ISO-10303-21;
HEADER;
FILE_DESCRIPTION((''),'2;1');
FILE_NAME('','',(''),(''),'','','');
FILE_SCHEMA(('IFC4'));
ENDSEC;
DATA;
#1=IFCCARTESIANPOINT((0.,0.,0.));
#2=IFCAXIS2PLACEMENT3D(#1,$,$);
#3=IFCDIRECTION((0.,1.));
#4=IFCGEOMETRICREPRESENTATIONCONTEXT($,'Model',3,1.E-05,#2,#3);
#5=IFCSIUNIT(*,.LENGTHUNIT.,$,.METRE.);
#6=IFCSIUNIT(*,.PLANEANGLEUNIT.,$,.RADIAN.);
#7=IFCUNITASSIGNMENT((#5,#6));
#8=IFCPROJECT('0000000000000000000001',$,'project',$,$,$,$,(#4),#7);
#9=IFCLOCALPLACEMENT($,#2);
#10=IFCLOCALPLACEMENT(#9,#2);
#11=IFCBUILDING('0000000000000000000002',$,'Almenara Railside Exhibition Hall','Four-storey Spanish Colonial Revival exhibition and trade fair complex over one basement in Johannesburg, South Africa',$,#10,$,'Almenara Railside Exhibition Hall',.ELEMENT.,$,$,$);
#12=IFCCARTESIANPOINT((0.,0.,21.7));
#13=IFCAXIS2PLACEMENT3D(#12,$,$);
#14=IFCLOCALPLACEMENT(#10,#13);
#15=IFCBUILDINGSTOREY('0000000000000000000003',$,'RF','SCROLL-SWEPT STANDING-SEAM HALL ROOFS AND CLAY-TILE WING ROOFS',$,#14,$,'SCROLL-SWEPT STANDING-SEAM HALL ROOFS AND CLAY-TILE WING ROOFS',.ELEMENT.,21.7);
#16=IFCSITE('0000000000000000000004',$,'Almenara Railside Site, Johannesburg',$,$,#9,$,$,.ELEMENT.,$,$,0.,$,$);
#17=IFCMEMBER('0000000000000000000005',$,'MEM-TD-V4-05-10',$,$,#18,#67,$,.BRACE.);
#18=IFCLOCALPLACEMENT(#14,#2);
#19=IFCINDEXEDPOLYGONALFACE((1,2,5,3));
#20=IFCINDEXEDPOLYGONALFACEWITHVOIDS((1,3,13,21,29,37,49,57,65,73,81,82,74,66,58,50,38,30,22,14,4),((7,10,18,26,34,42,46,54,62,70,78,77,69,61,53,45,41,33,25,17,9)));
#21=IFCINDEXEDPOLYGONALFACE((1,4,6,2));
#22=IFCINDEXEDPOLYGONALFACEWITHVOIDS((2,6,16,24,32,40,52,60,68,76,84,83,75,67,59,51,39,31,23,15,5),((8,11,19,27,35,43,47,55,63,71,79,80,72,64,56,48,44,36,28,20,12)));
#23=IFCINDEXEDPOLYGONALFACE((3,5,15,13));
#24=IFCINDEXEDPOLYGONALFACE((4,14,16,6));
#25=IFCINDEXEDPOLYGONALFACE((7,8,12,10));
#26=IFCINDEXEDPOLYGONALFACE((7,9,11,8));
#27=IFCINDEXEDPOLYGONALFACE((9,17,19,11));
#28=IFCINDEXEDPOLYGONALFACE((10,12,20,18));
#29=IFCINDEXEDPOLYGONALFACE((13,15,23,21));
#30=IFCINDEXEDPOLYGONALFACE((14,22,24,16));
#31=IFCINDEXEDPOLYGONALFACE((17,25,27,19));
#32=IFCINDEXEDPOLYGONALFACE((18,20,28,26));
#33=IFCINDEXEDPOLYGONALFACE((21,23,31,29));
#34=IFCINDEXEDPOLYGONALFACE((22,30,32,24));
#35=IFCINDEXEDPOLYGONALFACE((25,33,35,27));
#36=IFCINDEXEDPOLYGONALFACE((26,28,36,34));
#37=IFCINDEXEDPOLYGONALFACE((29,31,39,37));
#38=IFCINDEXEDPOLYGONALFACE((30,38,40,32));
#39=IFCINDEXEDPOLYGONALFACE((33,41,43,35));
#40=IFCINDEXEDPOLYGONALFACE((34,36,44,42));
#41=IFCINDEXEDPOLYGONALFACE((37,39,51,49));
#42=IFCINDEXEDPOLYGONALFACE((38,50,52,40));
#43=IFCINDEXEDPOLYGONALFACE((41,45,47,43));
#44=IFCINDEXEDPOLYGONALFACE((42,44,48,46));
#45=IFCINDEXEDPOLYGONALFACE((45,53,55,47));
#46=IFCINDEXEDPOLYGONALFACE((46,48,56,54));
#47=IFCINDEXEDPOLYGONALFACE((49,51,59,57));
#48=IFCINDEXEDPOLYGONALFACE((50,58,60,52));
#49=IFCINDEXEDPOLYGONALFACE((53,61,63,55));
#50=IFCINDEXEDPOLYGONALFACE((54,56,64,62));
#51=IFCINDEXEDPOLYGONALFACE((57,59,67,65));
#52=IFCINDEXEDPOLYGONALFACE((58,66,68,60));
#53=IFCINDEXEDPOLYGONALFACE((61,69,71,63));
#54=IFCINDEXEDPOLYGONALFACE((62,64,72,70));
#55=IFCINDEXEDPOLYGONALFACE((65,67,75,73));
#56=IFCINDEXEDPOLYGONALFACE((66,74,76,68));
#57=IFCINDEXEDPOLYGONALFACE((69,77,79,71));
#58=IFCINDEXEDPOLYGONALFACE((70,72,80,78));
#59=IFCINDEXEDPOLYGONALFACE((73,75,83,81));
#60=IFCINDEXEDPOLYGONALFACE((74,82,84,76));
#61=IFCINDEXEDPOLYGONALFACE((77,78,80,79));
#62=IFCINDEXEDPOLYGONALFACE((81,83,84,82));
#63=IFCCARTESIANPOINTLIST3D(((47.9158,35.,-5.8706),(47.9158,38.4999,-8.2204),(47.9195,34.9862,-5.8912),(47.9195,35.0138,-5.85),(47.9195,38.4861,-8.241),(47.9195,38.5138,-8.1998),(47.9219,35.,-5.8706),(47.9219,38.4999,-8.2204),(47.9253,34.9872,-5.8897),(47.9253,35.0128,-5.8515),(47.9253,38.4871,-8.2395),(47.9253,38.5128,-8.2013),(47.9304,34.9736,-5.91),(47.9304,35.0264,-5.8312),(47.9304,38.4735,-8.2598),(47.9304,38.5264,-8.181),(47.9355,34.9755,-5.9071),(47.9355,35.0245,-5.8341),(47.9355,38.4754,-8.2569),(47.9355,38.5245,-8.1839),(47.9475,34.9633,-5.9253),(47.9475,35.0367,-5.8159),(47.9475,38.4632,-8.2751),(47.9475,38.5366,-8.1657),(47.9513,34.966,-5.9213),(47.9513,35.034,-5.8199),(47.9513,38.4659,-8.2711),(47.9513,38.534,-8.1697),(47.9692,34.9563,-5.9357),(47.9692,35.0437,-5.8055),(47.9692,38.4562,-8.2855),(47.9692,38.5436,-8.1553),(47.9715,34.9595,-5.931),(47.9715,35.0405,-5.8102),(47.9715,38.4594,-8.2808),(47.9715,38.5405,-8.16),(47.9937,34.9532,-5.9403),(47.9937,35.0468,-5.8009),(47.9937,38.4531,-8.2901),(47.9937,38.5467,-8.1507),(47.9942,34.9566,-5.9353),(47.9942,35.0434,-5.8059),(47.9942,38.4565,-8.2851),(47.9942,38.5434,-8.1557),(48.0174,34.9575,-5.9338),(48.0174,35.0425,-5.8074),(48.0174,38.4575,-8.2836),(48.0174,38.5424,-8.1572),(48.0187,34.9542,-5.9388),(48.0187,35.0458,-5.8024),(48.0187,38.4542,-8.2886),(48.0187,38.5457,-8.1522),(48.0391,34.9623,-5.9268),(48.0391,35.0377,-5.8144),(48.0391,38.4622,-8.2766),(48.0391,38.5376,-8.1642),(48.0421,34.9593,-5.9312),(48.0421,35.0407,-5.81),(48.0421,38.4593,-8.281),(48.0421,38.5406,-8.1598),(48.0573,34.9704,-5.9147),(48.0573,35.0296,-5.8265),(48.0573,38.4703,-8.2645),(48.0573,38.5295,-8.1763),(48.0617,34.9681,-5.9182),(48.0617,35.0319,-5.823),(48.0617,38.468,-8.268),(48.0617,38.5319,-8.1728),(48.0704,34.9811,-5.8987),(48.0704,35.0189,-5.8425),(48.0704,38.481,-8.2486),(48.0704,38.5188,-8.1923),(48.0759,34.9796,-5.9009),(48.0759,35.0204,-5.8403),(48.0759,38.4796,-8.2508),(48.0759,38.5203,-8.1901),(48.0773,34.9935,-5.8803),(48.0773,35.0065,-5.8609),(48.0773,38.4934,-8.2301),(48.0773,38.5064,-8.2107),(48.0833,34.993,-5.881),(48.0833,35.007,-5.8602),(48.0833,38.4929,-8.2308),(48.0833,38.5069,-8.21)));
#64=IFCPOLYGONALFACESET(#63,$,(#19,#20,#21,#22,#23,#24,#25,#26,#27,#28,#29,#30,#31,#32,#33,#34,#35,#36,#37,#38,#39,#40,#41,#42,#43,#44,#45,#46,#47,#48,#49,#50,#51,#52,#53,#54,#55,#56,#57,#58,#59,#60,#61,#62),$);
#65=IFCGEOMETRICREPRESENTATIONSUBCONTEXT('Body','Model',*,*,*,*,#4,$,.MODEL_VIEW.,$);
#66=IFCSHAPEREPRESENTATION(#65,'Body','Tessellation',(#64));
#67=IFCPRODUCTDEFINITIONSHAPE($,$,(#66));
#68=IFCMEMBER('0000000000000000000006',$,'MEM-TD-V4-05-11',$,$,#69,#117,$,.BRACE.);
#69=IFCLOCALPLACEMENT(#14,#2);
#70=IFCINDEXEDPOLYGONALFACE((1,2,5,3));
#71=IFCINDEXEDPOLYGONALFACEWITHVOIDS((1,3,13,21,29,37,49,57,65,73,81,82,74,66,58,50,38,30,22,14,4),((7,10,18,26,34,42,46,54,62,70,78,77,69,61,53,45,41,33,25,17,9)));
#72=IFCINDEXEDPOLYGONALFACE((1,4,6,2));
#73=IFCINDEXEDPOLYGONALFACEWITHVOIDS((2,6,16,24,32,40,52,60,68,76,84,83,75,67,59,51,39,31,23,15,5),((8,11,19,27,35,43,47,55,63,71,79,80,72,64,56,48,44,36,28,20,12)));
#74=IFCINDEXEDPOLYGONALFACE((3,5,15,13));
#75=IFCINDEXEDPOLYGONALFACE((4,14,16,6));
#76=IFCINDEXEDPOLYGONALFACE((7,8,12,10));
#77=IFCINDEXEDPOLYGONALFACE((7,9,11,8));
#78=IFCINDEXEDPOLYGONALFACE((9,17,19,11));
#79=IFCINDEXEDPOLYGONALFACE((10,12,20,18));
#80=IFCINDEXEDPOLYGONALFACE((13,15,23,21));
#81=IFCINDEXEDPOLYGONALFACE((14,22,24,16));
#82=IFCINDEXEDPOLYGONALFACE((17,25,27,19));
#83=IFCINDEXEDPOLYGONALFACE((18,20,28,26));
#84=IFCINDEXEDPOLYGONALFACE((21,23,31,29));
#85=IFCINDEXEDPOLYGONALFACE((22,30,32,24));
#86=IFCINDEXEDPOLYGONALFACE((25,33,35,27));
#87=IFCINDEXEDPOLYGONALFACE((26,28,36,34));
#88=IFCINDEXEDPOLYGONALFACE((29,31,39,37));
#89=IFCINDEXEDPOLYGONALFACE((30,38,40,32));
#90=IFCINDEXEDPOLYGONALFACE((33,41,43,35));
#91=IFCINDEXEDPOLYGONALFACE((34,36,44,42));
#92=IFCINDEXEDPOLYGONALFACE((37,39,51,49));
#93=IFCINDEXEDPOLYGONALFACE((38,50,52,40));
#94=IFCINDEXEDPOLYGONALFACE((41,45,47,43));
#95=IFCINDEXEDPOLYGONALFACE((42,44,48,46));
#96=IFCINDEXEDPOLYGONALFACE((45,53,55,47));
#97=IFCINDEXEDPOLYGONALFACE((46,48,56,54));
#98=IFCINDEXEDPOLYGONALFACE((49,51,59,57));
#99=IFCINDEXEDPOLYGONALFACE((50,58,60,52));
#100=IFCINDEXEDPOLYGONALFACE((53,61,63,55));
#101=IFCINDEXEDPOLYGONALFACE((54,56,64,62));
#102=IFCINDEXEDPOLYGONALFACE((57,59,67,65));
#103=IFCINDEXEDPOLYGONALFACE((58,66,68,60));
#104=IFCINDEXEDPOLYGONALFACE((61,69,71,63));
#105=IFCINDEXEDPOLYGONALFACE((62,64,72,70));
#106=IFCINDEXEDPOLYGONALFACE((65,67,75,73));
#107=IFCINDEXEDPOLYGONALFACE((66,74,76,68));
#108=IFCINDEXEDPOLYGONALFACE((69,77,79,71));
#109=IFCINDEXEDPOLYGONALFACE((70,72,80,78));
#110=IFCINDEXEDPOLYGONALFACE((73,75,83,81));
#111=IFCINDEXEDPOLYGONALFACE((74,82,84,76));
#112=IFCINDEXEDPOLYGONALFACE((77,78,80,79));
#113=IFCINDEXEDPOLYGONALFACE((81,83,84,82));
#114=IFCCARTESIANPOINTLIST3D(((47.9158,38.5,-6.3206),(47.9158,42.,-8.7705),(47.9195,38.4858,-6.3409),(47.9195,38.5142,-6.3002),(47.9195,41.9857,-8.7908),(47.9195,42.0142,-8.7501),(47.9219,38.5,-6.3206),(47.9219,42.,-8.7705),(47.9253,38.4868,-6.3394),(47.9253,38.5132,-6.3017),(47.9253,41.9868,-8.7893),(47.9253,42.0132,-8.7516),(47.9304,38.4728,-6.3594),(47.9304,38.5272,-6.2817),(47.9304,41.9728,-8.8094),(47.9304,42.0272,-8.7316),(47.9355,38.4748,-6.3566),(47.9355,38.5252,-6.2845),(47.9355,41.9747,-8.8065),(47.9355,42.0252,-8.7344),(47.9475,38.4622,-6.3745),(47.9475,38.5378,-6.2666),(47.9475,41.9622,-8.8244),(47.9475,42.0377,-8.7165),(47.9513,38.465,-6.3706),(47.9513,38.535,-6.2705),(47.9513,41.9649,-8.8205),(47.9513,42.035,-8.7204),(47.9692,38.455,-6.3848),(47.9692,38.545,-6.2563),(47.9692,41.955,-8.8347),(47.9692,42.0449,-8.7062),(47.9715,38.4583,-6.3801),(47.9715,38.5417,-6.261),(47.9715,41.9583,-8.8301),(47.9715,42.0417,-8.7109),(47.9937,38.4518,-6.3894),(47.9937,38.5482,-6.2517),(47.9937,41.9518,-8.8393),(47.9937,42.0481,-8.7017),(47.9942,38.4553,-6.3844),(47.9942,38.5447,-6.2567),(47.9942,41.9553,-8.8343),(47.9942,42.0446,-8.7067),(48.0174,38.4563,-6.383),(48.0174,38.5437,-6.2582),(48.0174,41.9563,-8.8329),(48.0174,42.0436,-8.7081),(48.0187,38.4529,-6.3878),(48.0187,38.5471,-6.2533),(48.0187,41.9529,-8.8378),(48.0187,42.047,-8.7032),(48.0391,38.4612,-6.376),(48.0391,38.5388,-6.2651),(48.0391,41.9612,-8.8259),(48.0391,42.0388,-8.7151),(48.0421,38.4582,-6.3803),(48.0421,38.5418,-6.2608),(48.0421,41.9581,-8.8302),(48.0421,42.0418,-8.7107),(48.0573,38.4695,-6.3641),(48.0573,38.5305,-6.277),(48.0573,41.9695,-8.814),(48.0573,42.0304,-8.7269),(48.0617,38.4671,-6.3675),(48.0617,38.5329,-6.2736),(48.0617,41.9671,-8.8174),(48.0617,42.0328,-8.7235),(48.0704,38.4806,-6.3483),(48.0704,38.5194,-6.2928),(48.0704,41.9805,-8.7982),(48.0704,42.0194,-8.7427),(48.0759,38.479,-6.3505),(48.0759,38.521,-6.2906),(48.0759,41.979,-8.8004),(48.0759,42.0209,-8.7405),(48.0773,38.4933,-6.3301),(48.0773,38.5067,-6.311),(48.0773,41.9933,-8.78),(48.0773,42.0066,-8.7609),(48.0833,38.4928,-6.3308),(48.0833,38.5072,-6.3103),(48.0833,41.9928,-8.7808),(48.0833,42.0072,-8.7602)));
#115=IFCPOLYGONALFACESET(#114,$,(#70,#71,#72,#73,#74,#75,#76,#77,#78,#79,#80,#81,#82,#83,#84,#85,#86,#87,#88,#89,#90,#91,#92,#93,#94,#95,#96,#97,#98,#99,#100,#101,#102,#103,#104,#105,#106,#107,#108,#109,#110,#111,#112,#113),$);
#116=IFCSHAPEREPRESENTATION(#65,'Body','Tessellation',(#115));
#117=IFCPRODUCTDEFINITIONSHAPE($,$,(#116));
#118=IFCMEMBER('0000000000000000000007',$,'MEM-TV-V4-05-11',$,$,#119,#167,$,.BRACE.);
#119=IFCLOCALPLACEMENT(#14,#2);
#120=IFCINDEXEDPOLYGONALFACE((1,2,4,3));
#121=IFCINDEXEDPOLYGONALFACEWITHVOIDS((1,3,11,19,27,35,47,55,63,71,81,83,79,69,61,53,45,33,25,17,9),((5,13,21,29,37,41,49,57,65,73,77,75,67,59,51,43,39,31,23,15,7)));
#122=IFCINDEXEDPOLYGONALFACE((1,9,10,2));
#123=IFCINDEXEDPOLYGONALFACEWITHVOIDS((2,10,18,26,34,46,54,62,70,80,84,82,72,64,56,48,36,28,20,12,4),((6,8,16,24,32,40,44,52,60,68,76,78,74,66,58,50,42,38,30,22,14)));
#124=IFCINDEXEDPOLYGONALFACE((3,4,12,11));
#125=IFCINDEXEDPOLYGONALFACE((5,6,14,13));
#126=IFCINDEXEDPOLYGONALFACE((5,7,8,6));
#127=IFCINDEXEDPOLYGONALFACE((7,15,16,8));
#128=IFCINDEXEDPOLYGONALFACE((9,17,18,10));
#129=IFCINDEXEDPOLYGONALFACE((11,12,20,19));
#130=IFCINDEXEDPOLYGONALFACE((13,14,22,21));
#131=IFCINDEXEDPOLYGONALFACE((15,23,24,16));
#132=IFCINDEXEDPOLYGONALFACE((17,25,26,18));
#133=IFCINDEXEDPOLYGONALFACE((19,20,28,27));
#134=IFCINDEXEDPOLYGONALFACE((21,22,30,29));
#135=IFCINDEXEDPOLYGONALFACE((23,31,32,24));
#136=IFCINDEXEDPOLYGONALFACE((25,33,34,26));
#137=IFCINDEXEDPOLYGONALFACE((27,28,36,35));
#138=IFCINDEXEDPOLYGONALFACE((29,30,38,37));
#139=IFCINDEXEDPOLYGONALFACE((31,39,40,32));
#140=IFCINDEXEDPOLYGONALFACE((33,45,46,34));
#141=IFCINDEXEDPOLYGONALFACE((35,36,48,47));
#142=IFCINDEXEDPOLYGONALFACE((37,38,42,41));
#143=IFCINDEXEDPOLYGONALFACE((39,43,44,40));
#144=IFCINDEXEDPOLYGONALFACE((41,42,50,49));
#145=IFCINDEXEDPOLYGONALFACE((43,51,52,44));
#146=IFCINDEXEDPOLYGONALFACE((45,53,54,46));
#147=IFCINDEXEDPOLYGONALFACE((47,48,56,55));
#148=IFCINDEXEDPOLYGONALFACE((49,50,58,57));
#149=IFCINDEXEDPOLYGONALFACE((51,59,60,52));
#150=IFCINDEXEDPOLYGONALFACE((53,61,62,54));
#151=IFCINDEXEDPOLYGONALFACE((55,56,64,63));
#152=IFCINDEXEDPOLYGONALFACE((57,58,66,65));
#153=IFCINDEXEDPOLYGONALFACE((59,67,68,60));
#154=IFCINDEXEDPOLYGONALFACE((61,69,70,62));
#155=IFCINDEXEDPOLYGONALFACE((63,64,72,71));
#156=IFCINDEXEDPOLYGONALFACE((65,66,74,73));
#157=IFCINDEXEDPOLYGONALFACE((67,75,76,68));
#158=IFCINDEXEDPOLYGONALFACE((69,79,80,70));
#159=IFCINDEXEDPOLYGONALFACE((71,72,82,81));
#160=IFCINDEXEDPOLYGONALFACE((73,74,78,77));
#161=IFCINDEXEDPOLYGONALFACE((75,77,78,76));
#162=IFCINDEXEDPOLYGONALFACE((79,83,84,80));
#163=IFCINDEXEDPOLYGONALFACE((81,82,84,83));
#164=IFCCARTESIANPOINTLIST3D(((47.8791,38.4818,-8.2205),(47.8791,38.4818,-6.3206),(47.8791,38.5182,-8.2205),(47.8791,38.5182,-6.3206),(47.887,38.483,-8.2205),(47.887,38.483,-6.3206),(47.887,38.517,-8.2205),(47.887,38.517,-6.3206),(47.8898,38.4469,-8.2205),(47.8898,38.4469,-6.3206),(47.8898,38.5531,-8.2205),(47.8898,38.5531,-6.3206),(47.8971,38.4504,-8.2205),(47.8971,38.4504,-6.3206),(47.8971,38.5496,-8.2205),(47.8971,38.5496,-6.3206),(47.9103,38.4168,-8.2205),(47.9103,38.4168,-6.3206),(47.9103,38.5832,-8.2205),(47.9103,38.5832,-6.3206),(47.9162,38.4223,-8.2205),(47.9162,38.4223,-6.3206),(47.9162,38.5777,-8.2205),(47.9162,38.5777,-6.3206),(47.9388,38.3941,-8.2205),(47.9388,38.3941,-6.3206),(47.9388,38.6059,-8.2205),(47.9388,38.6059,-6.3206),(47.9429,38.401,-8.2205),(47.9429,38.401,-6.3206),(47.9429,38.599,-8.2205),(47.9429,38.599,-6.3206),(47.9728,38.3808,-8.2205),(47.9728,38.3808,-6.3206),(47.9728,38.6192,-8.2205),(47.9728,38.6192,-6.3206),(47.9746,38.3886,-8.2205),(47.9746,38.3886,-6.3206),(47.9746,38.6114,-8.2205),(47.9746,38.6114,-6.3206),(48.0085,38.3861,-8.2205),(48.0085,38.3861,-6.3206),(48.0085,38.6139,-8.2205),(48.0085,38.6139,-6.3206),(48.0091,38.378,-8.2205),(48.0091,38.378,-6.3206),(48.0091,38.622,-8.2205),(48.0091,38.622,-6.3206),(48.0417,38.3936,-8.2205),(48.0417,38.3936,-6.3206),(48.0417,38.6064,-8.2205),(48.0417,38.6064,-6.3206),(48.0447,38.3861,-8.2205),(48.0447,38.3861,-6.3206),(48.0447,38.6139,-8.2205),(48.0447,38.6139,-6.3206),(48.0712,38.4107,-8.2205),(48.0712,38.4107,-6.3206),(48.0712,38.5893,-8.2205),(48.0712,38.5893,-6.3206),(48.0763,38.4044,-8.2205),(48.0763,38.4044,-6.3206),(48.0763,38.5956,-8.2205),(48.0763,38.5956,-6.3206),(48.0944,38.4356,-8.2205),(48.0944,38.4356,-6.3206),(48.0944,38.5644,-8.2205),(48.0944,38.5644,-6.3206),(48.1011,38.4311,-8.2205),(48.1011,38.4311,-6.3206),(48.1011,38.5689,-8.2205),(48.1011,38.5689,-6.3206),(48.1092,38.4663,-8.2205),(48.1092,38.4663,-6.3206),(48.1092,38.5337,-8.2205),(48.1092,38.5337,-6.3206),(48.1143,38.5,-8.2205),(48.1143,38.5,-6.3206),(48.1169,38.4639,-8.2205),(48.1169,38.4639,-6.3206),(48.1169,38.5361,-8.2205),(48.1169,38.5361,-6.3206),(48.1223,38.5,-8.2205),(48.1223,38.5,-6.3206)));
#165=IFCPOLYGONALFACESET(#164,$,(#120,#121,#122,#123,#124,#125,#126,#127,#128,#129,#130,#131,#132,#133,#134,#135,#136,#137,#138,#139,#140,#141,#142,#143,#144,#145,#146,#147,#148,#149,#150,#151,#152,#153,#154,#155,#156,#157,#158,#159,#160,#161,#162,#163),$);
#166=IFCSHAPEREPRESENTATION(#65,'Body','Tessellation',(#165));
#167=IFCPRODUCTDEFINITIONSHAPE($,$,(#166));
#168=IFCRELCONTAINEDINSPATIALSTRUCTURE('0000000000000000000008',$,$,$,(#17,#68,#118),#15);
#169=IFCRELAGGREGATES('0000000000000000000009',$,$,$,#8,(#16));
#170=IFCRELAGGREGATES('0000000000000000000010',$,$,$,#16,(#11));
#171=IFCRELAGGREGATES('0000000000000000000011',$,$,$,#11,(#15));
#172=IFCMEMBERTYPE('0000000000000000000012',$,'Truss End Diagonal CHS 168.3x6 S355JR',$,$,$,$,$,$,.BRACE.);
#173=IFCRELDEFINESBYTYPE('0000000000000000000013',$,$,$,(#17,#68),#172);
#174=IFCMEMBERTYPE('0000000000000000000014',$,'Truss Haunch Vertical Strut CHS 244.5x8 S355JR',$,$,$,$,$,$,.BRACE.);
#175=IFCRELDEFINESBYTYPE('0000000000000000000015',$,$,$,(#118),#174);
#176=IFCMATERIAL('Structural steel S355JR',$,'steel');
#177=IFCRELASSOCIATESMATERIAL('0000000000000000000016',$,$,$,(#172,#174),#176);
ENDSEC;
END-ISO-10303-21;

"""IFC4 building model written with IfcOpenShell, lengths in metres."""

from ifc_helpers import new_model, si_unit, direction, frame, origin, origin_2d, place, context, subcontext, project, spatial, hollow_circle, extrude, material, material_profile, profile_set, type_object, element, save


model = new_model("IFC4")

# Units and contexts
model_context = context("Model", 3, precision=1e-05, world=origin(), true_north=direction((0.0, 1.0)))
body_context = subcontext(model_context, "Body", "Model", "MODEL_VIEW")
ifc_project = project(units=[si_unit("LENGTHUNIT", "METRE"), si_unit("PLANEANGLEUNIT", "RADIAN")], contexts=[model_context])

# Site, building, storey
site_placement = place(None, origin())
site = spatial("IfcSite", under=ifc_project, at=site_placement, Name="Almenara Railside Site, Johannesburg", CompositionType="ELEMENT", RefElevation=0.0)
building_placement = place(site_placement, origin())
building = spatial("IfcBuilding", under=site, at=building_placement, Name="Almenara Railside Exhibition Hall", Description="Four-storey Spanish Colonial Revival exhibition and trade fair complex over one basement in Johannesburg, South Africa", LongName="Almenara Railside Exhibition Hall", CompositionType="ELEMENT")
storey_placement = place(building_placement, frame((0.0, 0.0, 21.7)))
storey = spatial("IfcBuildingStorey", under=building, at=storey_placement, Name="RF", Description="SCROLL-SWEPT STANDING-SEAM HALL ROOFS AND CLAY-TILE WING ROOFS", LongName="SCROLL-SWEPT STANDING-SEAM HALL ROOFS AND CLAY-TILE WING ROOFS", CompositionType="ELEMENT", Elevation=21.7)

# Shared definitions
ifc_material_1 = material(Name="Structural steel S355JR", Category="steel")

# Members
ifc_material_profile_1 = material_profile(ifc_material_1, hollow_circle(Radius=0.0842, WallThickness=0.0061, at=origin_2d()), Name="CHS 168.3x6")
ifc_profile_set_1 = profile_set([ifc_material_profile_1], Name="Structural steel S355JR")
member_type_1 = type_object("IfcMemberType", Name="Truss End Diagonal CHS 168.3x6 S355JR", PredefinedType="BRACE", material=ifc_profile_set_1)
member_1_placement = place(storey_placement, frame((48.0, 35.0, -5.8706), z_axis=(0.0, 0.830237, -0.55741), x_axis=(-1.0, 0.0, 0.0)))
element("IfcMember", 1, at=member_1_placement, inside=storey, type_object=member_type_1, Name="MEM-TD-V4-05-10", PredefinedType="BRACE", context=body_context, shape_type="SweptSolid", body=[
    extrude(hollow_circle(Radius=0.0842, WallThickness=0.0061, at=origin_2d()), origin(), (0.0, 0.0, 1.0), 4.2156),
])
member_2_placement = place(storey_placement, frame((48.0, 38.5, -6.3206), z_axis=(0.0, 0.819237, -0.573455), x_axis=(-1.0, 0.0, 0.0)))
element("IfcMember", 2, at=member_2_placement, inside=storey, type_object=member_type_1, Name="MEM-TD-V4-05-11", PredefinedType="BRACE", context=body_context, shape_type="SweptSolid", body=[
    extrude(hollow_circle(Radius=0.0842, WallThickness=0.0061, at=origin_2d()), origin(), (0.0, 0.0, 1.0), 4.2722),
])
ifc_material_profile_2 = material_profile(ifc_material_1, hollow_circle(Radius=0.1223, WallThickness=0.0081, at=origin_2d()), Name="CHS 244.5x8")
ifc_profile_set_2 = profile_set([ifc_material_profile_2], Name="Structural steel S355JR")
member_type_2 = type_object("IfcMemberType", Name="Truss Haunch Vertical Strut CHS 244.5x8 S355JR", PredefinedType="BRACE", material=ifc_profile_set_2)
member_3_placement = place(storey_placement, frame((48.0, 38.5, -8.2205), z_axis=(0.0, 0.0, 1.0), x_axis=(1.0, 0.0, 0.0)))
element("IfcMember", 3, at=member_3_placement, inside=storey, type_object=member_type_2, Name="MEM-TV-V4-05-11", PredefinedType="BRACE", context=body_context, shape_type="SweptSolid", body=[
    extrude(hollow_circle(Radius=0.1223, WallThickness=0.0081, at=origin_2d()), origin(), (0.0, 0.0, 1.0), 1.8999),
])

save(model, "model.ifc")
